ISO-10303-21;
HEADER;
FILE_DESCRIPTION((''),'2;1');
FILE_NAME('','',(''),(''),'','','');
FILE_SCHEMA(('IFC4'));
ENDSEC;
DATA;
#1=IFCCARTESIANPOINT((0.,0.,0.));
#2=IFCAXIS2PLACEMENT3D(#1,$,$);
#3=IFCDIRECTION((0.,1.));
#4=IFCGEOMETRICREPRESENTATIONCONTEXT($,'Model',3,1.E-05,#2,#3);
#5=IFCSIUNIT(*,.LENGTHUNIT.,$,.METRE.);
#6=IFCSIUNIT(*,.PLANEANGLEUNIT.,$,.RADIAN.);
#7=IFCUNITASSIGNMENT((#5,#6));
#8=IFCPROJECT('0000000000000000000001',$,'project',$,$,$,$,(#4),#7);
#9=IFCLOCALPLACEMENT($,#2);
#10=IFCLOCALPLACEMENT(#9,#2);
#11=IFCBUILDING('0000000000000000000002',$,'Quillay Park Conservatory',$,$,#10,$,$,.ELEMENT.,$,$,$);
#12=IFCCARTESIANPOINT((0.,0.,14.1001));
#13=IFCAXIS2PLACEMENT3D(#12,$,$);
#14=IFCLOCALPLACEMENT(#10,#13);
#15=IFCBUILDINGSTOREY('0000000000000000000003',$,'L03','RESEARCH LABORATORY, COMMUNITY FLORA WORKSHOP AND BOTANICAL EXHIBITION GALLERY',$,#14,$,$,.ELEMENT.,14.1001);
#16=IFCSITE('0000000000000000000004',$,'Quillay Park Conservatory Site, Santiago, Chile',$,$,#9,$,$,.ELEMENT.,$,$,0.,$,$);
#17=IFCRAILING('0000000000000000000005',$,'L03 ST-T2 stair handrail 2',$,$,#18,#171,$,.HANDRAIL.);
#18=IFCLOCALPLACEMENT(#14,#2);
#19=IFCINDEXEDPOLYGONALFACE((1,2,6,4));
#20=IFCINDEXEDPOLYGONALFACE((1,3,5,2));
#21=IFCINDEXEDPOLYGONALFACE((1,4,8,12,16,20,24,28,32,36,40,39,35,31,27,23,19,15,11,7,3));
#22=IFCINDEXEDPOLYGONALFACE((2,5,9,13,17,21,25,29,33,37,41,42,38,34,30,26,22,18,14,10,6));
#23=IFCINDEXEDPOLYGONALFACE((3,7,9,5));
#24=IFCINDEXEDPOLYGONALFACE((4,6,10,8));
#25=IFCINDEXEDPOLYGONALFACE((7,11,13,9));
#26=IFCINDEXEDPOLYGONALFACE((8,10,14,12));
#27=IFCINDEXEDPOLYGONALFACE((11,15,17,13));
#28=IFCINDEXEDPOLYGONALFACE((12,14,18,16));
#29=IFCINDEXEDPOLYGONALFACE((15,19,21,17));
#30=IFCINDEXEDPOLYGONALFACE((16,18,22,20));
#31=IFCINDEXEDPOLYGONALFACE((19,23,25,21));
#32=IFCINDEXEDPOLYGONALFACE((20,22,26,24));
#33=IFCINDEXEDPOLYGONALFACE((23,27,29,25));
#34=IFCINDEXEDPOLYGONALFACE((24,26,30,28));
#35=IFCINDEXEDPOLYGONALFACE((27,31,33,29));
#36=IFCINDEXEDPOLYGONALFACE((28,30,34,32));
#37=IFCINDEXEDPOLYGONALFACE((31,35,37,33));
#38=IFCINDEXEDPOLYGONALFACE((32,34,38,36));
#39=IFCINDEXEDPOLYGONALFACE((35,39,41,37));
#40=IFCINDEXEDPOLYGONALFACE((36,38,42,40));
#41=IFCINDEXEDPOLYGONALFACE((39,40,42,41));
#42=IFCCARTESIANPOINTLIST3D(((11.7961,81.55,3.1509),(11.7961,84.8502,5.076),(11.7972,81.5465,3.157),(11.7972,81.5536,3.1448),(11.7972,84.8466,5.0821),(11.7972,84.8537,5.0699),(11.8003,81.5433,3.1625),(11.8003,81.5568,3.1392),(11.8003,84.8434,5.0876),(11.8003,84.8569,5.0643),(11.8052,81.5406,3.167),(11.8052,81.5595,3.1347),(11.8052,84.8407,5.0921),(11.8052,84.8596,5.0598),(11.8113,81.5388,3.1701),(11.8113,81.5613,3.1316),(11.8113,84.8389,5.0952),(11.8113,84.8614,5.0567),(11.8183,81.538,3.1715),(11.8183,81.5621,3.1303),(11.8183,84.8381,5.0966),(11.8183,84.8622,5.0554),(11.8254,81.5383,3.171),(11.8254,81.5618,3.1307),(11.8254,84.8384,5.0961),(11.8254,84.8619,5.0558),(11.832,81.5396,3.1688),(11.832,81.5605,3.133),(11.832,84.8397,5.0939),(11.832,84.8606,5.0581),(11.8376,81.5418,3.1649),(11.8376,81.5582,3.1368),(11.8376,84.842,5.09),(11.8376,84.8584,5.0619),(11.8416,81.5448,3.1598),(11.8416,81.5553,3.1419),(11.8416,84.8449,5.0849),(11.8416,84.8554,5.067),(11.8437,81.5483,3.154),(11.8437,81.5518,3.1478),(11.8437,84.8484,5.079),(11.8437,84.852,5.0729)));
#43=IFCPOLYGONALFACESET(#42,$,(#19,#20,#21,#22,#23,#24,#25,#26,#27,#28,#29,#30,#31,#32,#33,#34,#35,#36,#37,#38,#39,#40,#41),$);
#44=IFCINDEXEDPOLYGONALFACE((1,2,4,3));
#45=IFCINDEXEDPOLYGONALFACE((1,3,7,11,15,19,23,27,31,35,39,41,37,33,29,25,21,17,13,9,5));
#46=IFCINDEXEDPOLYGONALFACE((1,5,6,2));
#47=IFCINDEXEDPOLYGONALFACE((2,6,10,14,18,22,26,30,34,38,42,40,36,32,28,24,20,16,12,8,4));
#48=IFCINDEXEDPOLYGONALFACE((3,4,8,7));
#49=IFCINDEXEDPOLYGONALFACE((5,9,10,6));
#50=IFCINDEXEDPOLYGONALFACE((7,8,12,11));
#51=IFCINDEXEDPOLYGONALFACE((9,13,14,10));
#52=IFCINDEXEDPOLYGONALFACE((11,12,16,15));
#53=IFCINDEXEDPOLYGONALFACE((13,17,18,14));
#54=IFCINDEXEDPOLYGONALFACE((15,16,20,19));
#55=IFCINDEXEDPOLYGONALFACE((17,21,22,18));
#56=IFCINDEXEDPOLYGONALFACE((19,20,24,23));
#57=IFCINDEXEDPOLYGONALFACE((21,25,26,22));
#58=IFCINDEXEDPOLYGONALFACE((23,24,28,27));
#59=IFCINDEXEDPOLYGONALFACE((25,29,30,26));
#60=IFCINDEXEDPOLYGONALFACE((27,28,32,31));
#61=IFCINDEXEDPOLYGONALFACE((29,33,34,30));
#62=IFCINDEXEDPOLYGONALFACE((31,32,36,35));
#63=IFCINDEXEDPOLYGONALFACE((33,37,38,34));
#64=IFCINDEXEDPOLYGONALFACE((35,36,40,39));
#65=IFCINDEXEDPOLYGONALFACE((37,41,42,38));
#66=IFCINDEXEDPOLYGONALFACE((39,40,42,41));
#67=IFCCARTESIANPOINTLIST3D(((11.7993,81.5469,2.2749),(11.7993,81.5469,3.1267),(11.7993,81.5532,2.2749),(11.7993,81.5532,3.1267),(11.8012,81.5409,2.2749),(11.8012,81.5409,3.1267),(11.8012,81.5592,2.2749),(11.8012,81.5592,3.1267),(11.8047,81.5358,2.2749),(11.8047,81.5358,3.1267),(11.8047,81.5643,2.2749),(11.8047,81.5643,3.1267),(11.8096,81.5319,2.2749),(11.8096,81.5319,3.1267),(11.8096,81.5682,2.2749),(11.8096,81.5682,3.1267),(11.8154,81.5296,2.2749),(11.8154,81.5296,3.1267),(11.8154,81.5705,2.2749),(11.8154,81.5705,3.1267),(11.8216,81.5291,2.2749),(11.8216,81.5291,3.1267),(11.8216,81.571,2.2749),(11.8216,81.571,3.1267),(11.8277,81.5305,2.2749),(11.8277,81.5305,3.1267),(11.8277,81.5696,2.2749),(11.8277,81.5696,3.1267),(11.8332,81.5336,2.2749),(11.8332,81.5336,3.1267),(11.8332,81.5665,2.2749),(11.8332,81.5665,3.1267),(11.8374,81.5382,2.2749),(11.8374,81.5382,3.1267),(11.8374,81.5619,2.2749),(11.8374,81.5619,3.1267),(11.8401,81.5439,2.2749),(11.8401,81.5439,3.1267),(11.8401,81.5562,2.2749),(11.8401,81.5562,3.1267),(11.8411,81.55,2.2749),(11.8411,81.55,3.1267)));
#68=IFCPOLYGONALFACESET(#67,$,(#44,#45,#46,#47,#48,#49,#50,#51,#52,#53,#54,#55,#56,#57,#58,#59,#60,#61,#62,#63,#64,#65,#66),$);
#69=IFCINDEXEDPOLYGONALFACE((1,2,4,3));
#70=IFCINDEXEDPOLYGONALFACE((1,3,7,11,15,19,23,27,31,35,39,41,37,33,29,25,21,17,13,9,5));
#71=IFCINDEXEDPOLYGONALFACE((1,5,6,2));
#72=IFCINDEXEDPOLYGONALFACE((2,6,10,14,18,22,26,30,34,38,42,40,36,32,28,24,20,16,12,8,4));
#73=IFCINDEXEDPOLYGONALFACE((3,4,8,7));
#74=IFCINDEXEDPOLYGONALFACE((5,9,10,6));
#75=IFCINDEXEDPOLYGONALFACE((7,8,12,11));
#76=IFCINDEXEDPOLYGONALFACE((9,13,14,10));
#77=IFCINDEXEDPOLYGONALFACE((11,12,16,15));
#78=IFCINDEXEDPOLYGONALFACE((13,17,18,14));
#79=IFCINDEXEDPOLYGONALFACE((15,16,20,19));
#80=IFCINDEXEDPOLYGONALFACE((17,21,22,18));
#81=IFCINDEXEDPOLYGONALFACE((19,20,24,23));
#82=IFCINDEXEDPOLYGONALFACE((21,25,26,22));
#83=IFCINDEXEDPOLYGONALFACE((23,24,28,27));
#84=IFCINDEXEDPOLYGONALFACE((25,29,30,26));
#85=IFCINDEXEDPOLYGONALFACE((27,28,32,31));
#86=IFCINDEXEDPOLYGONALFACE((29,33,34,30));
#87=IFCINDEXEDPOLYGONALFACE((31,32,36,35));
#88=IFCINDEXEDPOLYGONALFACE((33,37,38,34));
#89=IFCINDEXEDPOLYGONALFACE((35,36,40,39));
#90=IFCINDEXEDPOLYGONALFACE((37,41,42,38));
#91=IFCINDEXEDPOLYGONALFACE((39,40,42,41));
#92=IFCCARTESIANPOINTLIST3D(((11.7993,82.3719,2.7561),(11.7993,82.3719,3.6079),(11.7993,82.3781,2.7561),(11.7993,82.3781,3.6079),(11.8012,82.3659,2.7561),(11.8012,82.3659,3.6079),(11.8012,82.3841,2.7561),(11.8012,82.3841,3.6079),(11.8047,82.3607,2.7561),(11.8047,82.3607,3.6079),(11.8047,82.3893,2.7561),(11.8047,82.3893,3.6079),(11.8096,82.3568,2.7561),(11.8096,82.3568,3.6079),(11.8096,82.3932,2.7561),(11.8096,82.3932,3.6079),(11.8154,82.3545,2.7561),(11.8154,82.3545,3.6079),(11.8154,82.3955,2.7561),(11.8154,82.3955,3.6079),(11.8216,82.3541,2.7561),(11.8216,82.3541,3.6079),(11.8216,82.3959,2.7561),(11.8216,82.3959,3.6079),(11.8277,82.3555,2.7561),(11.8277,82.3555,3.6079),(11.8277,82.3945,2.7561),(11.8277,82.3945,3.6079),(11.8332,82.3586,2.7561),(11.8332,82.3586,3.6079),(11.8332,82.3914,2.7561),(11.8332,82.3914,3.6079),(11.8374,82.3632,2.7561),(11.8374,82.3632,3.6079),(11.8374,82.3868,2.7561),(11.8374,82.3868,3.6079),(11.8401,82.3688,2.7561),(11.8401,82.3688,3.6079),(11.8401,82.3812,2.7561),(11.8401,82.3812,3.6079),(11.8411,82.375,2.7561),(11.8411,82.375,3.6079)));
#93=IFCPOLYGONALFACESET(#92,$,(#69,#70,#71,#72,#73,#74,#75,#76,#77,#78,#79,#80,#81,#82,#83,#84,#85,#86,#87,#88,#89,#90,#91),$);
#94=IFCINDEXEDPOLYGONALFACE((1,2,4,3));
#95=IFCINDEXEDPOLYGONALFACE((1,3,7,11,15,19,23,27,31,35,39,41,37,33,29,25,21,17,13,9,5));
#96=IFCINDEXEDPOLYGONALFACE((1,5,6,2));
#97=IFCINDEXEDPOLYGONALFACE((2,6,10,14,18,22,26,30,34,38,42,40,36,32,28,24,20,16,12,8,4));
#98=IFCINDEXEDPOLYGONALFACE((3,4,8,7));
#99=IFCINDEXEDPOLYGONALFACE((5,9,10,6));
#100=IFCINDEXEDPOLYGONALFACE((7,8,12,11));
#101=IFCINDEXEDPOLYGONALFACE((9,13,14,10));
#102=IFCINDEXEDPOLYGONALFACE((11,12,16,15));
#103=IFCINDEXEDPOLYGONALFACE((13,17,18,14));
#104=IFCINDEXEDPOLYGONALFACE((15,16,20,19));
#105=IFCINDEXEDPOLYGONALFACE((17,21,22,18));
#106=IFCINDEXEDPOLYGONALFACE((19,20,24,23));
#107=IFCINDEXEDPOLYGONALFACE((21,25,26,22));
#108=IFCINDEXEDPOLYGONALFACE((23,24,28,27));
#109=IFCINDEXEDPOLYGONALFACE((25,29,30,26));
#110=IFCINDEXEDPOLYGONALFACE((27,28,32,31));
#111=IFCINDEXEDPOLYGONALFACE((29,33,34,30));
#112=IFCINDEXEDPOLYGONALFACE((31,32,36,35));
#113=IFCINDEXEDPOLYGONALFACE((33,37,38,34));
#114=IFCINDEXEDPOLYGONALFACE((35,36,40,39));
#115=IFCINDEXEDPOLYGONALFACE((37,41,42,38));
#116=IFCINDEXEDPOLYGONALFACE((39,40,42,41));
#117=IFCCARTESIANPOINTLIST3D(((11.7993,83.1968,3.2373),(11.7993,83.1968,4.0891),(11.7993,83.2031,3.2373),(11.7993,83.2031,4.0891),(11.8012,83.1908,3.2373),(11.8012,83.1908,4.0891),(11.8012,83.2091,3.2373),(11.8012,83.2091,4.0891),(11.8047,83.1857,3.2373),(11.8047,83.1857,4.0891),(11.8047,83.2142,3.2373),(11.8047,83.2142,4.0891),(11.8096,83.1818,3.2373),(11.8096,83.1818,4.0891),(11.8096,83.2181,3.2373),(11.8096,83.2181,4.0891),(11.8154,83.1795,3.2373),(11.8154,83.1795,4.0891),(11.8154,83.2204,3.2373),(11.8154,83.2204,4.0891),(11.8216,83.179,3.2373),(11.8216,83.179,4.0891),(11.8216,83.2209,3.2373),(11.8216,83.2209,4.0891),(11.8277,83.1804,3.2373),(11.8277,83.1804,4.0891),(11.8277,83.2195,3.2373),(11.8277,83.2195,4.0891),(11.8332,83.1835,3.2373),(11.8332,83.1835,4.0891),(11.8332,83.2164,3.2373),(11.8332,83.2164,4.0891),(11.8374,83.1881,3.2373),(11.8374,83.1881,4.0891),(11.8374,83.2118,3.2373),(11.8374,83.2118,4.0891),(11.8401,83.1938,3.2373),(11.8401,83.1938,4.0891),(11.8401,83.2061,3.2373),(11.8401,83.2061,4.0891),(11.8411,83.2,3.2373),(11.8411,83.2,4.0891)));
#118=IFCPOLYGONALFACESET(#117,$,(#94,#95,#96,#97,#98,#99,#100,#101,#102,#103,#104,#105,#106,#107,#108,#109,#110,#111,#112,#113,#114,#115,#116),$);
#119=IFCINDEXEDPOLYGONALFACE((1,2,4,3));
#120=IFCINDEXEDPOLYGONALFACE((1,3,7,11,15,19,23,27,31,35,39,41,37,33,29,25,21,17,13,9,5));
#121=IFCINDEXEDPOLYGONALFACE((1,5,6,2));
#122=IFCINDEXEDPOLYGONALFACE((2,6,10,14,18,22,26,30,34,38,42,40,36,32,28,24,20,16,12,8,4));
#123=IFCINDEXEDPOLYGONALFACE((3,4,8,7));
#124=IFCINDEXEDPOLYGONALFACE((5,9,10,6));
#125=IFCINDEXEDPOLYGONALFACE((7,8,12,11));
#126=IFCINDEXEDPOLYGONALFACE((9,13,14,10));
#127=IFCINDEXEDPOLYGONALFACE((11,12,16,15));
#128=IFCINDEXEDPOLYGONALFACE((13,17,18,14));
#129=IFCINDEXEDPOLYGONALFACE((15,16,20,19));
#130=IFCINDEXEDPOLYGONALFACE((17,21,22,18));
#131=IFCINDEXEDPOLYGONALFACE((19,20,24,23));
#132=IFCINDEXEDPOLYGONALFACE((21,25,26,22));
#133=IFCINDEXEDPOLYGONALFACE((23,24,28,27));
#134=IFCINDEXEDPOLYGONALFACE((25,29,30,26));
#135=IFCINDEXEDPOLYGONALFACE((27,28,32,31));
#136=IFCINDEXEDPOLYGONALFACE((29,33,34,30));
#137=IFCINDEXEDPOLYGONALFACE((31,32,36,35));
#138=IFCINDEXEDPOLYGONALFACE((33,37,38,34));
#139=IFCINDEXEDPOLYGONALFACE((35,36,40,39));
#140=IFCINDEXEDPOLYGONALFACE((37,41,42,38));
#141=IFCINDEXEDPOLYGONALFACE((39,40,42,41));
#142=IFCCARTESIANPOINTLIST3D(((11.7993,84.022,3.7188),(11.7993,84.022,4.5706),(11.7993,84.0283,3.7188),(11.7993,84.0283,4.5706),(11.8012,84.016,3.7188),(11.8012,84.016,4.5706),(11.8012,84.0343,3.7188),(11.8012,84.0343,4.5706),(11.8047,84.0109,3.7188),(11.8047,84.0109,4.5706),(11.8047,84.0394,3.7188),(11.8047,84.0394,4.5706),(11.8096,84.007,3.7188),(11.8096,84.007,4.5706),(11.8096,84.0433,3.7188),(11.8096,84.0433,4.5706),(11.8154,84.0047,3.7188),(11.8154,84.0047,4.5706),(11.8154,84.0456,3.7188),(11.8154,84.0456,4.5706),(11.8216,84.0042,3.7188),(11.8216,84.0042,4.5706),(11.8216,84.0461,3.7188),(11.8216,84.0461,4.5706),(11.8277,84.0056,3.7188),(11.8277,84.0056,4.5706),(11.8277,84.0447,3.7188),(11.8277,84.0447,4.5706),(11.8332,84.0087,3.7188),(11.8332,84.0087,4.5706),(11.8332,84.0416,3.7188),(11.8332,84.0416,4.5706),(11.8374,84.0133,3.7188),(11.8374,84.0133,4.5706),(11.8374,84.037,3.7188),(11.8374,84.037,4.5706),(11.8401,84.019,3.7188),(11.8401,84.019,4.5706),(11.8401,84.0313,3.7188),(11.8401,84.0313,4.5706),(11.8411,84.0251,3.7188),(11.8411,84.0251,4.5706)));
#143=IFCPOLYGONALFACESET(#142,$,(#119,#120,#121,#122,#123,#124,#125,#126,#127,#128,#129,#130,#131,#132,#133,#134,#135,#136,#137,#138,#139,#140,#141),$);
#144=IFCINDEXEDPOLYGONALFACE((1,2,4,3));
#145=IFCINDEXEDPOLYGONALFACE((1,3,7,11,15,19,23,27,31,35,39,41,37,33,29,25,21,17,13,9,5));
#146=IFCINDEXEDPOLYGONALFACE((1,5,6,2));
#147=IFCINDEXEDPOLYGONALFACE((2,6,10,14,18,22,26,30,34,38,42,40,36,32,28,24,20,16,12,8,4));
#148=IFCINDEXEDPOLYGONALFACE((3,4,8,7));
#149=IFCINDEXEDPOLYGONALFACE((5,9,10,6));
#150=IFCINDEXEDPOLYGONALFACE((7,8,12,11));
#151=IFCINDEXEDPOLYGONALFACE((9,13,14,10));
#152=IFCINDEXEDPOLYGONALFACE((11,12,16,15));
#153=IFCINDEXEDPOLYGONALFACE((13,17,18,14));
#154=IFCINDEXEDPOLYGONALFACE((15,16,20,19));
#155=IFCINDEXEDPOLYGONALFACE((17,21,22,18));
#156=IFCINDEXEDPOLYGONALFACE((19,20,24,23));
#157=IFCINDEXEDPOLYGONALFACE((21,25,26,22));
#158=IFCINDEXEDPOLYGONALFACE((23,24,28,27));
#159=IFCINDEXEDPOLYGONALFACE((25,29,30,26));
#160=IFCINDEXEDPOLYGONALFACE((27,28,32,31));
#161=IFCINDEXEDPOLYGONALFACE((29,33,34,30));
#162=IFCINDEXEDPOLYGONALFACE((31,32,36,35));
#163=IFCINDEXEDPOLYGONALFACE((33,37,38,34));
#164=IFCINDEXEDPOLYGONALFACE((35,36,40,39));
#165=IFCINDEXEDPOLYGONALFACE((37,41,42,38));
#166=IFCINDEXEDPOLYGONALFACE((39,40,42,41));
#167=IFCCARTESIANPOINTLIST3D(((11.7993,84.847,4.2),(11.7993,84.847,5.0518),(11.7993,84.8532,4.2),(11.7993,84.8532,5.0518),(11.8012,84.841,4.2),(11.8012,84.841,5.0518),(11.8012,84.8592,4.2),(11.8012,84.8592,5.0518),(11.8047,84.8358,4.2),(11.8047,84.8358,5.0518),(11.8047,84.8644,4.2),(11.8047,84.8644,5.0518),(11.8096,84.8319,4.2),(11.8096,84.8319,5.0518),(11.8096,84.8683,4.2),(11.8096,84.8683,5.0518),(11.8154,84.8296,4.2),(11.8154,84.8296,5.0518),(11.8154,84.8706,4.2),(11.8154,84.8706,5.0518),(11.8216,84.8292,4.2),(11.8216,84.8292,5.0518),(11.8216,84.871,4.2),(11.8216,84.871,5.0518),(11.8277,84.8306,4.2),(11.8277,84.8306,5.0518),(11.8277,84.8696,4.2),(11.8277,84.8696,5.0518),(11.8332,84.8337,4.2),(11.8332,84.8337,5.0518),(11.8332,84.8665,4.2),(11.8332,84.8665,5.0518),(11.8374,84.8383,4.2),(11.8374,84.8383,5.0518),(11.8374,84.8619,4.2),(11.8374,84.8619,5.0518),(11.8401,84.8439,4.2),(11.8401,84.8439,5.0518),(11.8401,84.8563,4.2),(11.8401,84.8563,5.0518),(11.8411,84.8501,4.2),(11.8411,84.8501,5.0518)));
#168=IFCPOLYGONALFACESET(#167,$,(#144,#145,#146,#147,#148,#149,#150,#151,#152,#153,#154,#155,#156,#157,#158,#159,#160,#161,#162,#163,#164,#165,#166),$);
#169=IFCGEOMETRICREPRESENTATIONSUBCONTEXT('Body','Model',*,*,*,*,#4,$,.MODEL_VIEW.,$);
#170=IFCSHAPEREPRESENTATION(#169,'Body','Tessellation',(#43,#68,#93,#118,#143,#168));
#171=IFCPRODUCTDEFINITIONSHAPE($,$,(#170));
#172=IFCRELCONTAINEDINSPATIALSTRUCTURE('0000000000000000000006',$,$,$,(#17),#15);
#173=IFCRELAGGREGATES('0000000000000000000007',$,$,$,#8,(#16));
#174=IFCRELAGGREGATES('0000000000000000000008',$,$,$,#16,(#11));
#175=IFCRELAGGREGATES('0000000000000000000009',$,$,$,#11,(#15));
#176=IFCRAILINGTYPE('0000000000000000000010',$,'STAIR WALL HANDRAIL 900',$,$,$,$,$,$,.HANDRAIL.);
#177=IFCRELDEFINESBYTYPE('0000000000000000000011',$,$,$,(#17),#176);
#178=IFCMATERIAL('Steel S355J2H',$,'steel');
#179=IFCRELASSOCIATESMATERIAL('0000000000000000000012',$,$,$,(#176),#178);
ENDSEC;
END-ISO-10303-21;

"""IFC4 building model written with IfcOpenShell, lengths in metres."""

from ifc_helpers import new_model, si_unit, direction, frame, origin, origin_2d, place, context, subcontext, project, spatial, circle, extrude, material, type_object, element, save


model = new_model("IFC4")

# Units and contexts
model_context = context("Model", 3, precision=1e-05, world=origin(), true_north=direction((0.0, 1.0)))
body_context = subcontext(model_context, "Body", "Model", "MODEL_VIEW")
ifc_project = project(units=[si_unit("LENGTHUNIT", "METRE"), si_unit("PLANEANGLEUNIT", "RADIAN")], contexts=[model_context])

# Site, building, storey
site_placement = place(None, origin())
site = spatial("IfcSite", under=ifc_project, at=site_placement, Name="Quillay Park Conservatory Site, Santiago, Chile", CompositionType="ELEMENT", RefElevation=0.0)
building_placement = place(site_placement, origin())
building = spatial("IfcBuilding", under=site, at=building_placement, Name="Quillay Park Conservatory", CompositionType="ELEMENT")
storey_placement = place(building_placement, frame((0.0, 0.0, 14.1001)))
storey = spatial("IfcBuildingStorey", under=building, at=storey_placement, Name="L03", Description="RESEARCH LABORATORY, COMMUNITY FLORA WORKSHOP AND BOTANICAL EXHIBITION GALLERY", CompositionType="ELEMENT", Elevation=14.1001)

# Railing
ifc_material_1 = material(Name="Steel S355J2H", Category="steel")
railing_type_1 = type_object("IfcRailingType", Name="STAIR WALL HANDRAIL 900", PredefinedType="HANDRAIL", material=ifc_material_1)
railing_1_placement = place(storey_placement, frame((11.8201, 81.55, 2.2749)))
element("IfcRailing", 1, at=railing_1_placement, inside=storey, type_object=railing_type_1, Name="L03 ST-T2 stair handrail 2", PredefinedType="HANDRAIL", context=body_context, shape_type="SweptSolid", body=[
    extrude(circle(Radius=0.0239, at=origin_2d()), frame((0.0, 0.0, 0.876), z_axis=(0.0, 0.863777, 0.503875), x_axis=(-1.0, 0.0, 0.0)), (0.0, 0.0, 1.0), 3.8206),
    extrude(circle(Radius=0.021, at=origin_2d()), origin(), (0.0, 0.0, 1.0), 0.8518),
    extrude(circle(Radius=0.021, at=origin_2d()), frame((0.0, 0.825, 0.4812)), (0.0, 0.0, 1.0), 0.8518),
    extrude(circle(Radius=0.021, at=origin_2d()), frame((0.0, 1.6499, 0.9624)), (0.0, 0.0, 1.0), 0.8518),
    extrude(circle(Radius=0.021, at=origin_2d()), frame((0.0, 2.4751, 1.4438)), (0.0, 0.0, 1.0), 0.8518),
    extrude(circle(Radius=0.021, at=origin_2d()), frame((0.0, 3.3, 1.925)), (0.0, 0.0, 1.0), 0.8518),
])

save(model, "model.ifc")
